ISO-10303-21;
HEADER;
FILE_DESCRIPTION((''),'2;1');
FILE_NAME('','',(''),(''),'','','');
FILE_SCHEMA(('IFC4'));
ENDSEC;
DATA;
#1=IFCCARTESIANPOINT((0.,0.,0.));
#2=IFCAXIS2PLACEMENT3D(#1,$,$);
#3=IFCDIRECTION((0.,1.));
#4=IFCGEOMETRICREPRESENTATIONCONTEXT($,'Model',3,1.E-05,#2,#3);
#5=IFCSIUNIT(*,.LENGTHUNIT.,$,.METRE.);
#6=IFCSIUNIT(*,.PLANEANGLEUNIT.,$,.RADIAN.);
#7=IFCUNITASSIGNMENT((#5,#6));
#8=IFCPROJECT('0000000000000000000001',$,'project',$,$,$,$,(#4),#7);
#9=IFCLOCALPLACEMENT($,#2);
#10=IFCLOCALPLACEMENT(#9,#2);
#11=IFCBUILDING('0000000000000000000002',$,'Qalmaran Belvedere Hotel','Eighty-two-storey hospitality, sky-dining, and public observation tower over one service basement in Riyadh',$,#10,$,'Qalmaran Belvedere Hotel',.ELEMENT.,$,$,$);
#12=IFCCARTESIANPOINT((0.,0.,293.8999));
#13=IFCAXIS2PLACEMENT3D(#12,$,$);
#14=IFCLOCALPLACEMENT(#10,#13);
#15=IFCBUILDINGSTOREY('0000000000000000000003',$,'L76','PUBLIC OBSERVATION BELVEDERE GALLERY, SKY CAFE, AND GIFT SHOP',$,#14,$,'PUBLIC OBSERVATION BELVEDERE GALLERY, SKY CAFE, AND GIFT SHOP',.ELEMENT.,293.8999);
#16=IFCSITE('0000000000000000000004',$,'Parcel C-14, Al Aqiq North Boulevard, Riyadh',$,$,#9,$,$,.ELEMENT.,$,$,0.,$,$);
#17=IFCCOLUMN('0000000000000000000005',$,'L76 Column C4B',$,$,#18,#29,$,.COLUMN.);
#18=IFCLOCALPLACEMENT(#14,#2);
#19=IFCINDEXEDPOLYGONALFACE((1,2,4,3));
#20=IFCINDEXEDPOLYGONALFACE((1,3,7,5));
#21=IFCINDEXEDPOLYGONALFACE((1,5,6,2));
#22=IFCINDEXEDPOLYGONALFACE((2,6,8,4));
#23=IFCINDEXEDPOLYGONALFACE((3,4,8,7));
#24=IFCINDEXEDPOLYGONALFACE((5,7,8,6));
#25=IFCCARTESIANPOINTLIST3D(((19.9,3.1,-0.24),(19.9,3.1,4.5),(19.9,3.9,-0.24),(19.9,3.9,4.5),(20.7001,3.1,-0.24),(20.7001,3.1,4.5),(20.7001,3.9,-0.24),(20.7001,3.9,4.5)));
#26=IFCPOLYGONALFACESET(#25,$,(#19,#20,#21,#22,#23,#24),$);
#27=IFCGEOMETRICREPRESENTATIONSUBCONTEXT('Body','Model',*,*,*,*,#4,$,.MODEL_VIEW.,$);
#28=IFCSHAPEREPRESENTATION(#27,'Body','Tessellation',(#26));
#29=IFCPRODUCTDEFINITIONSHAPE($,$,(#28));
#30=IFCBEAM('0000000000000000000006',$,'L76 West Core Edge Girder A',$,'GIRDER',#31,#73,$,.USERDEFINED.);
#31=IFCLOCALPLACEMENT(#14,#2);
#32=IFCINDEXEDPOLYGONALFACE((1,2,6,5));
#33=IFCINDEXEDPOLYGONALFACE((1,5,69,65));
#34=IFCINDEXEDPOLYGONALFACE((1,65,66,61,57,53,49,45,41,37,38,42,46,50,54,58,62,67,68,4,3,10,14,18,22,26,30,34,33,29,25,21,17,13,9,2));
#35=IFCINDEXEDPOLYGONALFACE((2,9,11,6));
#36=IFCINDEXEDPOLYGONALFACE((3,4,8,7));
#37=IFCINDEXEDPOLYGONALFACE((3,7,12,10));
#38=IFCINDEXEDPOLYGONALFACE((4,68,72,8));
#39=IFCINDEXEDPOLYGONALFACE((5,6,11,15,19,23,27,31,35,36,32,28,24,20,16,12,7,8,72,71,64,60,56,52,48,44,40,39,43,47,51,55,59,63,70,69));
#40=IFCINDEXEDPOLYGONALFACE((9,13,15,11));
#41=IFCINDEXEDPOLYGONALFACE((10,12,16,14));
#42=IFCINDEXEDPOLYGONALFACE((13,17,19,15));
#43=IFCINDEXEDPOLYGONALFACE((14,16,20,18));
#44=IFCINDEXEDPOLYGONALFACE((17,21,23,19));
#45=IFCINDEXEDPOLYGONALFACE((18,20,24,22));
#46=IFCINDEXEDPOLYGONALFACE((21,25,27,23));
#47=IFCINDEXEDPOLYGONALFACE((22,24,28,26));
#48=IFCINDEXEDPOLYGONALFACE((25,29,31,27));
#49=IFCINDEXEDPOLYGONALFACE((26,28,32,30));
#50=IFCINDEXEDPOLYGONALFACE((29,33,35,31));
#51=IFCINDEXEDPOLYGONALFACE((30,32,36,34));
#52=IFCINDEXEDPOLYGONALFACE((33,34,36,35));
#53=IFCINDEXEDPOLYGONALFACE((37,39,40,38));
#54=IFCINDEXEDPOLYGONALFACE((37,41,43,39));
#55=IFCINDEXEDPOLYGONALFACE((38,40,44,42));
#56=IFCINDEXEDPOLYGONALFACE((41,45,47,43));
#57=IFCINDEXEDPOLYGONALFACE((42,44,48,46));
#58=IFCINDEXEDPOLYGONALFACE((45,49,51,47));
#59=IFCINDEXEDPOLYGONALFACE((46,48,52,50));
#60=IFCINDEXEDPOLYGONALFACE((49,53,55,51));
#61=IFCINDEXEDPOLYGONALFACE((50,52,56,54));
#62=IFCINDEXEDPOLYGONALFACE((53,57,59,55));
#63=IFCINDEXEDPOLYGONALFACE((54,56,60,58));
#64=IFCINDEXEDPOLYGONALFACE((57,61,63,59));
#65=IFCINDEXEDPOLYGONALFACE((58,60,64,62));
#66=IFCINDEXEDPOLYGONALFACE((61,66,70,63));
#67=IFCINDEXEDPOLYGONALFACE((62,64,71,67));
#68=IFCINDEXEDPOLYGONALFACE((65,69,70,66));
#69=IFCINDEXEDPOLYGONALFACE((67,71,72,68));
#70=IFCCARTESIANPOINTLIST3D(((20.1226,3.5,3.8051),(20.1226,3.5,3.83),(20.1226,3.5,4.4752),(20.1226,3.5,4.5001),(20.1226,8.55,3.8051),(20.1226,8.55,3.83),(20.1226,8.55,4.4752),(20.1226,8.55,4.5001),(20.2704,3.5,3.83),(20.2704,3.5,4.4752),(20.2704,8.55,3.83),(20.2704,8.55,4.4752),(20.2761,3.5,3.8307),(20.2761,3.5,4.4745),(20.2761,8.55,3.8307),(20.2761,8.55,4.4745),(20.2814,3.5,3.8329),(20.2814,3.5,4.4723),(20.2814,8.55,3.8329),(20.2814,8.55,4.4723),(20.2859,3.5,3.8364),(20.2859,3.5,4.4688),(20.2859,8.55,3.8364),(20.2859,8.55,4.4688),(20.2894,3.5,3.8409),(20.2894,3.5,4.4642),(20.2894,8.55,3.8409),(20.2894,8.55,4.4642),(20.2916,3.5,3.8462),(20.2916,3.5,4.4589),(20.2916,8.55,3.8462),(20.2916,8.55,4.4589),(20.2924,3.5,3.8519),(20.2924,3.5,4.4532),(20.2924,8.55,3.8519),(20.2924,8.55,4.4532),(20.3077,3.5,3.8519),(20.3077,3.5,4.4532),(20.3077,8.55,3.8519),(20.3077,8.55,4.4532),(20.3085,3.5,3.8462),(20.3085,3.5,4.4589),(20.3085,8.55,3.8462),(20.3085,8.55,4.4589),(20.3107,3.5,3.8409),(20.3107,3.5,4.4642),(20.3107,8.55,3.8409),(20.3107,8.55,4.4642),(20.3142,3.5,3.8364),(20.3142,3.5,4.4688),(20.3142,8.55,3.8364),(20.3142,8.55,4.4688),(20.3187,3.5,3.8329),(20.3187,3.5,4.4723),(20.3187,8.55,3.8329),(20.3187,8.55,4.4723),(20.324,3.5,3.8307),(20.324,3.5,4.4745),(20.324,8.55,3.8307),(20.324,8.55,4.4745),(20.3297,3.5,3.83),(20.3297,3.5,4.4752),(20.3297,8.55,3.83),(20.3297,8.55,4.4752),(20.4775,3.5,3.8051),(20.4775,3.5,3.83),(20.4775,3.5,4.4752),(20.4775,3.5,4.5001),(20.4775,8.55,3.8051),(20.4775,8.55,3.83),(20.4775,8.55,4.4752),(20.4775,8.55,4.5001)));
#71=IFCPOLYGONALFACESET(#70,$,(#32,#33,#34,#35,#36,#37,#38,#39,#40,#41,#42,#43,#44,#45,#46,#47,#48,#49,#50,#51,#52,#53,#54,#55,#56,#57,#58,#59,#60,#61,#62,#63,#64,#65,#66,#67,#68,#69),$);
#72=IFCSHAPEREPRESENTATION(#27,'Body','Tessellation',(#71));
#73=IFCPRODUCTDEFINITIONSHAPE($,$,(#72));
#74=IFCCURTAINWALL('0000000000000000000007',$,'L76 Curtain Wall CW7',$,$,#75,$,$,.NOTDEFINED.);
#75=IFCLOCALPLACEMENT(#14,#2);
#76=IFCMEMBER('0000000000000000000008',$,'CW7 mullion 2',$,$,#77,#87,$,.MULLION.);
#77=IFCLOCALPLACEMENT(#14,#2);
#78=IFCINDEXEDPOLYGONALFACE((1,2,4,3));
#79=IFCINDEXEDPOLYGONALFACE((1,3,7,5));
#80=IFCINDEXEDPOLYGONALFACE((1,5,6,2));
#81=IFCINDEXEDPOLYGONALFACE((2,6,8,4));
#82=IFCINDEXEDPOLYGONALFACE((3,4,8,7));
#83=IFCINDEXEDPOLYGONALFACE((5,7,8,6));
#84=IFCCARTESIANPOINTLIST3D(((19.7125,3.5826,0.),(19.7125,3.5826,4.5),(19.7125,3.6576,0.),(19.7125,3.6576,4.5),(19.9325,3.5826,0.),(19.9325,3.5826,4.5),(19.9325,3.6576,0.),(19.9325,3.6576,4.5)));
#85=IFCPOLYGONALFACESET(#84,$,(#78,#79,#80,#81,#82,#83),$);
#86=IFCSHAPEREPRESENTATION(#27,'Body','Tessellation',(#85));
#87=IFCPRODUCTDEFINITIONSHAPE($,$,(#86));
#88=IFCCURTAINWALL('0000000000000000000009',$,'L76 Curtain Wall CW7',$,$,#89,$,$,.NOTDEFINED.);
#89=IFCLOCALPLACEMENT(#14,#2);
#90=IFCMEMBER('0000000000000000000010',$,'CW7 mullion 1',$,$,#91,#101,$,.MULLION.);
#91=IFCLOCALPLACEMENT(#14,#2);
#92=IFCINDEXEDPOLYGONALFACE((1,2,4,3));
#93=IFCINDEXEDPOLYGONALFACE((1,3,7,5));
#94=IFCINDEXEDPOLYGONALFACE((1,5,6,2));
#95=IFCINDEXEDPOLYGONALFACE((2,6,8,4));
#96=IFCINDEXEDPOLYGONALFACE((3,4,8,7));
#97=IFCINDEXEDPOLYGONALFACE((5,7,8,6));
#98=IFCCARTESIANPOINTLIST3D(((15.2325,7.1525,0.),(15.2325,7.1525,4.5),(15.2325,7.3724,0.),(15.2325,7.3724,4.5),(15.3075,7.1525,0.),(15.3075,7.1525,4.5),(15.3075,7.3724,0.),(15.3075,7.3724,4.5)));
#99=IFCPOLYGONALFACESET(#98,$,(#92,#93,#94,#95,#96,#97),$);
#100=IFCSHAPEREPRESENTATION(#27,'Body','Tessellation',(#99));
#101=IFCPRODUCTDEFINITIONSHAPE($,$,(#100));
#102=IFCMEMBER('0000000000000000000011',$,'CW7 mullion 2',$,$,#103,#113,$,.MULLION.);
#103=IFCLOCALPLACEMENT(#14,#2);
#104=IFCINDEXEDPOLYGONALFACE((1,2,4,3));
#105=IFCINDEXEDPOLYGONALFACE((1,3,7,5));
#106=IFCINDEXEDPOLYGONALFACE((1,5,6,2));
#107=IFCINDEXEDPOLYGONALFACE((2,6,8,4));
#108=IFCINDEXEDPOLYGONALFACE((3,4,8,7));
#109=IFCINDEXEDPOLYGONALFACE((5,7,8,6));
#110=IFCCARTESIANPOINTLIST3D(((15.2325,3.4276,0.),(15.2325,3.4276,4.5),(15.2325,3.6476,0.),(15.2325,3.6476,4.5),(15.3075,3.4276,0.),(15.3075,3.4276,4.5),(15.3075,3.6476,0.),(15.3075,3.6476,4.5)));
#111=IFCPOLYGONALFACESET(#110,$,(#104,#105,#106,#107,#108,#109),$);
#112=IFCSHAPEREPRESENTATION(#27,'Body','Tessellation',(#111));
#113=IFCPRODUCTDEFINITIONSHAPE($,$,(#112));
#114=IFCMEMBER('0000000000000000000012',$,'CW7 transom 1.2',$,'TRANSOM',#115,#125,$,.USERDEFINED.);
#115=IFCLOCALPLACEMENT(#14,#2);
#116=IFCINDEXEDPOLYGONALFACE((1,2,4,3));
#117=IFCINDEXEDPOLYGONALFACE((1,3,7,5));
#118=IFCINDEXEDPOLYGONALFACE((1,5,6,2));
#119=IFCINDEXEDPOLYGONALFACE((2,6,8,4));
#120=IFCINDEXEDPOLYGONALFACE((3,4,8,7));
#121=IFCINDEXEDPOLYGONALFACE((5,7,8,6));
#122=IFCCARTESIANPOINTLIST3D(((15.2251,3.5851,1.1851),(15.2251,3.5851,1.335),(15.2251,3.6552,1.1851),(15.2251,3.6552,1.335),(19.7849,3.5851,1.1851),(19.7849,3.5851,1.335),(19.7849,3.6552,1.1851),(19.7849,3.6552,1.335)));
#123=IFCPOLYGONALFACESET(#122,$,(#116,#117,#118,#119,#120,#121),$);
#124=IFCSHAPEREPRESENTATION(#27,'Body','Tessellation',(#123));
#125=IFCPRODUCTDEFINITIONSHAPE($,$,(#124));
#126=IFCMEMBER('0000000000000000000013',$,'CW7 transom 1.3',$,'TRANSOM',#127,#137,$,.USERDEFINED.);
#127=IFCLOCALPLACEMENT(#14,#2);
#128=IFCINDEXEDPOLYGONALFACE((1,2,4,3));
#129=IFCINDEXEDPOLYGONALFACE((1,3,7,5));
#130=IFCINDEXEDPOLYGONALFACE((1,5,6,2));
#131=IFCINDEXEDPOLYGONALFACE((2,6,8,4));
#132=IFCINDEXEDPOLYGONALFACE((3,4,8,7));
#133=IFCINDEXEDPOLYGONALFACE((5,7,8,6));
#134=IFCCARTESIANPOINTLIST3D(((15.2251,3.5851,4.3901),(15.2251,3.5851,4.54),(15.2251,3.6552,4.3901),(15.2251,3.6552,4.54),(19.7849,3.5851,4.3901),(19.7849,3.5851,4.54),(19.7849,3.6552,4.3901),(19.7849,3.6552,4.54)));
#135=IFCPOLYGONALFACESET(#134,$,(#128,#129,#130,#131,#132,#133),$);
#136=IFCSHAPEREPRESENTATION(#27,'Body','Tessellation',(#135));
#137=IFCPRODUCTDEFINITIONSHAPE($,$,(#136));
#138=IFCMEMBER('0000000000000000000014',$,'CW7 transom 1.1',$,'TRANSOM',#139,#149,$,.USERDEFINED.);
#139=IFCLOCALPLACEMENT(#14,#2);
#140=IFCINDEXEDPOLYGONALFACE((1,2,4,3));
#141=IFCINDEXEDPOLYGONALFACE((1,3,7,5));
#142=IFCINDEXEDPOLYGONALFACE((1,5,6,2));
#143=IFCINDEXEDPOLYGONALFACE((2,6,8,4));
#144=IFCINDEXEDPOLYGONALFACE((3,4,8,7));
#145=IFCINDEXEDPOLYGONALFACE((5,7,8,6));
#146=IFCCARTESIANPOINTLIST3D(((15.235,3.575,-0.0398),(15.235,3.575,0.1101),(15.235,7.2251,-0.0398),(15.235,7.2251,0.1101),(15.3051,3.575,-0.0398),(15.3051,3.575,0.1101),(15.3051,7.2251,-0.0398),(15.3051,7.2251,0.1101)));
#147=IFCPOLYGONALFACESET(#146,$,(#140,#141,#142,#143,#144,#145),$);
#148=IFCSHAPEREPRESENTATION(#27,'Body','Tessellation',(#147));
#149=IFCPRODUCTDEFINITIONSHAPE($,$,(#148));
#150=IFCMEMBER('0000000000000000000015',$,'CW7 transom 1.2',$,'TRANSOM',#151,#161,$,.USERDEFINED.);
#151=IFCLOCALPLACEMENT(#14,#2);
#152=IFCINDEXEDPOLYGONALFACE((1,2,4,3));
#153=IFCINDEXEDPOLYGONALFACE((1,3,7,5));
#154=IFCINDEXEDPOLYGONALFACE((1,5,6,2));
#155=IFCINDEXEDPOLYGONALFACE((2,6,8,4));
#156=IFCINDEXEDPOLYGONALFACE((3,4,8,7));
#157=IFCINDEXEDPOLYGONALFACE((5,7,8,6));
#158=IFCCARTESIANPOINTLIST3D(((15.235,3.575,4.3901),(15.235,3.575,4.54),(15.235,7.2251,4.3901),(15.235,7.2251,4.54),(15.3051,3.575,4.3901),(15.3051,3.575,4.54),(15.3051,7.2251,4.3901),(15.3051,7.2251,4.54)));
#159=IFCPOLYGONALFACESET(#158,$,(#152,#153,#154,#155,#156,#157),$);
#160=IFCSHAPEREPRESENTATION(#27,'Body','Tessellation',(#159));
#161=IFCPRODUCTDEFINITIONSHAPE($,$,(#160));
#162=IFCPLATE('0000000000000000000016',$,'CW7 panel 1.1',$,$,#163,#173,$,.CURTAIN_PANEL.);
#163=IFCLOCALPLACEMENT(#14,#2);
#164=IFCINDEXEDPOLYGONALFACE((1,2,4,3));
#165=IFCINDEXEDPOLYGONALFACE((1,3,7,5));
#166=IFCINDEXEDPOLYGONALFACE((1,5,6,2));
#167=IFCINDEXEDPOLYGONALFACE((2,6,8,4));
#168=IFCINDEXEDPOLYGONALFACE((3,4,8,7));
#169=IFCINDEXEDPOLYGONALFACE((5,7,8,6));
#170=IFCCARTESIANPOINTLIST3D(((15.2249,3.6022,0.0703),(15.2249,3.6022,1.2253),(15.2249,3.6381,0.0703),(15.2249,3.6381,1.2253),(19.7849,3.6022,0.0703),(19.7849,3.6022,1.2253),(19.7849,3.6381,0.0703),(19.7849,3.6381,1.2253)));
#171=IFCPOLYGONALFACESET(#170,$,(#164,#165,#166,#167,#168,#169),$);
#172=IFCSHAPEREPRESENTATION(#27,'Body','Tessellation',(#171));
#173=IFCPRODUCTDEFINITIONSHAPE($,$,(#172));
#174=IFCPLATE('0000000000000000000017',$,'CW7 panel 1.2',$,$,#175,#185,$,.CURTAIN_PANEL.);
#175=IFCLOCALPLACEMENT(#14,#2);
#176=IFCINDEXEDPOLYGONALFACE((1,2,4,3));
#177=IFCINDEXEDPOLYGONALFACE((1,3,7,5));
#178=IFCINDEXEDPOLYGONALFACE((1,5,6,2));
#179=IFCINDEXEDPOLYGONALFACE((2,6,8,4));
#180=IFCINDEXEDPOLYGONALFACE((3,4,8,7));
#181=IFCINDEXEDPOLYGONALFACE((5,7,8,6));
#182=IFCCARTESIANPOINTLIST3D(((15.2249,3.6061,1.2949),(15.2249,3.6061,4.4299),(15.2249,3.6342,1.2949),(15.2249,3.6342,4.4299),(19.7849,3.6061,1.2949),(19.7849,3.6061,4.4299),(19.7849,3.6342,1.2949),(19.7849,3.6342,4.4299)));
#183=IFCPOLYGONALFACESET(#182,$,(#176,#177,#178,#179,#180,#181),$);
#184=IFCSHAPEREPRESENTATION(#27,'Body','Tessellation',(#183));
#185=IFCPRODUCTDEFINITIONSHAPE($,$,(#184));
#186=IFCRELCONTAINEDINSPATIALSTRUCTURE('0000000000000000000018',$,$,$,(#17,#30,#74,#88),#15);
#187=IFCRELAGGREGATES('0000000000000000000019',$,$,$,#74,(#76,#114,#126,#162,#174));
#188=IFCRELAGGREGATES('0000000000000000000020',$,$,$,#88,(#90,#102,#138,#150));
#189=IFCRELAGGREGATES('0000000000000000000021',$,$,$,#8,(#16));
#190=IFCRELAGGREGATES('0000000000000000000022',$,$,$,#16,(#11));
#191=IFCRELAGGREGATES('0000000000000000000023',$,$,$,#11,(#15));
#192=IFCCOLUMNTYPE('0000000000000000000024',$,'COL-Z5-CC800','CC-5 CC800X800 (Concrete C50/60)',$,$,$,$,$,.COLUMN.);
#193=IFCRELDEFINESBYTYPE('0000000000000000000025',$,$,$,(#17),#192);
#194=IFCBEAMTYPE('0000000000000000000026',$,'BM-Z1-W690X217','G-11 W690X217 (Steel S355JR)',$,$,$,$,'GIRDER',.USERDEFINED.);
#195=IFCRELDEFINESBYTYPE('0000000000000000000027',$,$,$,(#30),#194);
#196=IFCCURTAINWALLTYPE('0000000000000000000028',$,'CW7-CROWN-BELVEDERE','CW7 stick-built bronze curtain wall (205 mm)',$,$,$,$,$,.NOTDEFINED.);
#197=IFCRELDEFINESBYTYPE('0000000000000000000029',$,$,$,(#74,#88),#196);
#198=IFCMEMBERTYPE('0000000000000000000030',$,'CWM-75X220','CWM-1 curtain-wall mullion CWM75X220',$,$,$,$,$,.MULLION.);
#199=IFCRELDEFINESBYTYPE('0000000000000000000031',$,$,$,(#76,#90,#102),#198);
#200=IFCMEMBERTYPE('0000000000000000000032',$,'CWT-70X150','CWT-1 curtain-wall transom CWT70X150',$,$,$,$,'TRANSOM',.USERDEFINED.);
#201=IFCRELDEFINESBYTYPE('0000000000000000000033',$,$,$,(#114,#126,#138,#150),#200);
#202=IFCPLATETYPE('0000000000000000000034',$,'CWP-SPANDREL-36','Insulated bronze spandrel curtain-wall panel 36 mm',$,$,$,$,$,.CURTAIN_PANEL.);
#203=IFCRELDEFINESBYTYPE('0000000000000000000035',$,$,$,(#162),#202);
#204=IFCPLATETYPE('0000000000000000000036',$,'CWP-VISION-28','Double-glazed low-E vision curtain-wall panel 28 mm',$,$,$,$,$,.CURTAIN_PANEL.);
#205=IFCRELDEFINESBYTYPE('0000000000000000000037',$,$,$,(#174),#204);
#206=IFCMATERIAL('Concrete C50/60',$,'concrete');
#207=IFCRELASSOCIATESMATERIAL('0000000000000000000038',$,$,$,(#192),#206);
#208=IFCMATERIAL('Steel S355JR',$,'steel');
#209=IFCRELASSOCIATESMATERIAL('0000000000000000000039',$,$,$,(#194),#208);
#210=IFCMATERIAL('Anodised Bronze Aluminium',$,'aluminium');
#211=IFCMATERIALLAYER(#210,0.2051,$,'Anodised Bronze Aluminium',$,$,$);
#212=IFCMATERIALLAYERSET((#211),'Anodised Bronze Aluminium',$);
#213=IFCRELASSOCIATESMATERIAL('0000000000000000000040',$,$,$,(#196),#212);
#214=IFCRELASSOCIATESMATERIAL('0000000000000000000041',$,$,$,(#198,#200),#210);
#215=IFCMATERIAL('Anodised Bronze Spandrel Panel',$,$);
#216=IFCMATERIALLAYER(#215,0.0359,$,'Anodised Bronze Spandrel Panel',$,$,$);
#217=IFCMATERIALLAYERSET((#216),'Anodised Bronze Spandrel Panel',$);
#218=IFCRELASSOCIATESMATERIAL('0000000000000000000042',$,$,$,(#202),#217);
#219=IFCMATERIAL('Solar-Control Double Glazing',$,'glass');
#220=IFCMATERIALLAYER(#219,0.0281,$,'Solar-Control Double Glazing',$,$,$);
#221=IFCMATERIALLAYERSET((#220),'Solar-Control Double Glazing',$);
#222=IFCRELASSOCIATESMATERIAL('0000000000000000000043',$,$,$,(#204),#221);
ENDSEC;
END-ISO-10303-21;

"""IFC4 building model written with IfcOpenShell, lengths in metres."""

from ifc_helpers import new_model, si_unit, direction, frame, origin, origin_2d, place, context, subcontext, project, spatial, rectangle, i_section, extrude, material, layer, layer_set, material_profile, profile_set, type_object, element, aggregate, save


model = new_model("IFC4")

# Units and contexts
model_context = context("Model", 3, precision=1e-05, world=origin(), true_north=direction((0.0, 1.0)))
body_context = subcontext(model_context, "Body", "Model", "MODEL_VIEW")
ifc_project = project(units=[si_unit("LENGTHUNIT", "METRE"), si_unit("PLANEANGLEUNIT", "RADIAN")], contexts=[model_context])

# Site, building, storey
site_placement = place(None, origin())
site = spatial("IfcSite", under=ifc_project, at=site_placement, Name="Parcel C-14, Al Aqiq North Boulevard, Riyadh", CompositionType="ELEMENT", RefElevation=0.0)
building_placement = place(site_placement, origin())
building = spatial("IfcBuilding", under=site, at=building_placement, Name="Qalmaran Belvedere Hotel", Description="Eighty-two-storey hospitality, sky-dining, and public observation tower over one service basement in Riyadh", LongName="Qalmaran Belvedere Hotel", CompositionType="ELEMENT")
storey_placement = place(building_placement, frame((0.0, 0.0, 293.8999)))
storey = spatial("IfcBuildingStorey", under=building, at=storey_placement, Name="L76", Description="PUBLIC OBSERVATION BELVEDERE GALLERY, SKY CAFE, AND GIFT SHOP", LongName="PUBLIC OBSERVATION BELVEDERE GALLERY, SKY CAFE, AND GIFT SHOP", CompositionType="ELEMENT", Elevation=293.8999)

# Column
ifc_material_1 = material(Name="Concrete C50/60", Category="concrete")
ifc_material_profile_1 = material_profile(ifc_material_1, rectangle(XDim=0.8, YDim=0.8, at=origin_2d()), Name="CC800X800")
ifc_profile_set_1 = profile_set([ifc_material_profile_1], Name="Concrete C50/60")
column_type = type_object("IfcColumnType", Name="COL-Z5-CC800", Description="CC-5 CC800X800 (Concrete C50/60)", PredefinedType="COLUMN", material=ifc_profile_set_1)
column_placement = place(storey_placement, frame((20.3, 3.5, -0.24), z_axis=(0.0, 0.0, 1.0), x_axis=(1.0, 0.0, 0.0)))
element("IfcColumn", 1, at=column_placement, inside=storey, type_object=column_type, Name="L76 Column C4B", PredefinedType="COLUMN", context=body_context, shape_type="SweptSolid", body=[
    extrude(rectangle(XDim=0.8, YDim=0.8, at=origin_2d()), origin(), (0.0, 0.0, 1.0), 4.74),
])

# Beam
ifc_material_2 = material(Name="Steel S355JR", Category="steel")
ifc_material_profile_2 = material_profile(ifc_material_2, i_section(OverallWidth=0.355, OverallDepth=0.6951, WebThickness=0.0154, FlangeThickness=0.0249, FilletRadius=0.022, at=origin_2d()), Name="W690X217")
ifc_profile_set_2 = profile_set([ifc_material_profile_2], Name="Steel S355JR")
beam_type = type_object("IfcBeamType", Name="BM-Z1-W690X217", Description="G-11 W690X217 (Steel S355JR)", ElementType="GIRDER", PredefinedType="USERDEFINED", material=ifc_profile_set_2)
beam_placement = place(storey_placement, frame((20.3, 3.5, 4.1526), z_axis=(0.0, 1.0, 0.0), x_axis=(-1.0, 0.0, 0.0)))
element("IfcBeam", 2, at=beam_placement, inside=storey, type_object=beam_type, Name="L76 West Core Edge Girder A", ObjectType="GIRDER", PredefinedType="USERDEFINED", context=body_context, shape_type="SweptSolid", body=[
    extrude(i_section(OverallWidth=0.355, OverallDepth=0.6951, WebThickness=0.0154, FlangeThickness=0.0249, FilletRadius=0.022, at=origin_2d()), origin(), (0.0, 0.0, 1.0), 5.05),
])

# Curtain wall, member
ifc_material_3 = material(Name="Anodised Bronze Aluminium", Category="aluminium")
ifc_layer_1 = layer(ifc_material_3, 0.2051, Name="Anodised Bronze Aluminium")
ifc_layer_set_1 = layer_set([ifc_layer_1], Name="Anodised Bronze Aluminium")
curtain_wall_type = type_object("IfcCurtainWallType", Name="CW7-CROWN-BELVEDERE", Description="CW7 stick-built bronze curtain wall (205 mm)", PredefinedType="NOTDEFINED", material=ifc_layer_set_1)
curtain_wall_1_placement = place(storey_placement, origin())
curtain_wall_1 = element("IfcCurtainWall", 3, at=curtain_wall_1_placement, inside=storey, type_object=curtain_wall_type, Name="L76 Curtain Wall CW7", PredefinedType="NOTDEFINED")
ifc_material_profile_3 = material_profile(ifc_material_3, rectangle(XDim=0.075, YDim=0.22, at=origin_2d()), Name="CWM75X220")
ifc_profile_set_3 = profile_set([ifc_material_profile_3], Name="Anodised Bronze Aluminium")
member_type_1 = type_object("IfcMemberType", Name="CWM-75X220", Description="CWM-1 curtain-wall mullion CWM75X220", PredefinedType="MULLION", material=ifc_profile_set_3)
member_1_placement = place(storey_placement, frame((19.8225, 3.6201, 0.0), z_axis=(0.0, 0.0, 1.0), x_axis=(0.0, 1.0, 0.0)))
member_1 = element("IfcMember", 4, at=member_1_placement, type_object=member_type_1, Name="CW7 mullion 2", PredefinedType="MULLION", context=body_context, shape_type="SweptSolid", body=[
    extrude(rectangle(XDim=0.075, YDim=0.22, at=origin_2d()), origin(), (0.0, 0.0, 1.0), 4.5),
])

# Curtain wall, members
curtain_wall_2_placement = place(storey_placement, origin())
curtain_wall_2 = element("IfcCurtainWall", 5, at=curtain_wall_2_placement, inside=storey, type_object=curtain_wall_type, Name="L76 Curtain Wall CW7", PredefinedType="NOTDEFINED")
member_2_placement = place(storey_placement, frame((15.27, 7.2625, 0.0), z_axis=(0.0, 0.0, 1.0), x_axis=(1.0, 0.0, 0.0)))
member_2 = element("IfcMember", 6, at=member_2_placement, type_object=member_type_1, Name="CW7 mullion 1", PredefinedType="MULLION", context=body_context, shape_type="SweptSolid", body=[
    extrude(rectangle(XDim=0.075, YDim=0.22, at=origin_2d()), origin(), (0.0, 0.0, 1.0), 4.5),
])
member_3_placement = place(storey_placement, frame((15.27, 3.5376, 0.0), z_axis=(0.0, 0.0, 1.0), x_axis=(1.0, 0.0, 0.0)))
member_3 = element("IfcMember", 7, at=member_3_placement, type_object=member_type_1, Name="CW7 mullion 2", PredefinedType="MULLION", context=body_context, shape_type="SweptSolid", body=[
    extrude(rectangle(XDim=0.075, YDim=0.22, at=origin_2d()), origin(), (0.0, 0.0, 1.0), 4.5),
])

# Members
ifc_material_profile_4 = material_profile(ifc_material_3, rectangle(XDim=0.0701, YDim=0.1499, at=origin_2d()), Name="CWT70X150")
ifc_profile_set_4 = profile_set([ifc_material_profile_4], Name="Anodised Bronze Aluminium")
member_type_2 = type_object("IfcMemberType", Name="CWT-70X150", Description="CWT-1 curtain-wall transom CWT70X150", ElementType="TRANSOM", PredefinedType="USERDEFINED", material=ifc_profile_set_4)
member_4_placement = place(storey_placement, frame((15.2251, 3.6201, 1.26), z_axis=(1.0, 0.0, 0.0), x_axis=(0.0, 1.0, 0.0)))
member_4 = element("IfcMember", 8, at=member_4_placement, type_object=member_type_2, Name="CW7 transom 1.2", ObjectType="TRANSOM", PredefinedType="USERDEFINED", context=body_context, shape_type="SweptSolid", body=[
    extrude(rectangle(XDim=0.0701, YDim=0.1499, at=origin_2d()), origin(), (0.0, 0.0, 1.0), 4.5598),
])
member_5_placement = place(storey_placement, frame((15.2251, 3.6201, 4.4651), z_axis=(1.0, 0.0, 0.0), x_axis=(0.0, 1.0, 0.0)))
member_5 = element("IfcMember", 9, at=member_5_placement, type_object=member_type_2, Name="CW7 transom 1.3", ObjectType="TRANSOM", PredefinedType="USERDEFINED", context=body_context, shape_type="SweptSolid", body=[
    extrude(rectangle(XDim=0.0701, YDim=0.1499, at=origin_2d()), origin(), (0.0, 0.0, 1.0), 4.5598),
])
member_6_placement = place(storey_placement, frame((15.27, 7.2251, 0.0352), z_axis=(0.0, -1.0, 0.0), x_axis=(1.0, 0.0, 0.0)))
member_6 = element("IfcMember", 10, at=member_6_placement, type_object=member_type_2, Name="CW7 transom 1.1", ObjectType="TRANSOM", PredefinedType="USERDEFINED", context=body_context, shape_type="SweptSolid", body=[
    extrude(rectangle(XDim=0.0701, YDim=0.1499, at=origin_2d()), origin(), (0.0, 0.0, 1.0), 3.6501),
])
member_7_placement = place(storey_placement, frame((15.27, 7.2251, 4.4651), z_axis=(0.0, -1.0, 0.0), x_axis=(1.0, 0.0, 0.0)))
member_7 = element("IfcMember", 11, at=member_7_placement, type_object=member_type_2, Name="CW7 transom 1.2", ObjectType="TRANSOM", PredefinedType="USERDEFINED", context=body_context, shape_type="SweptSolid", body=[
    extrude(rectangle(XDim=0.0701, YDim=0.1499, at=origin_2d()), origin(), (0.0, 0.0, 1.0), 3.6501),
])

# Plates
ifc_material_4 = material(Name="Anodised Bronze Spandrel Panel")
ifc_layer_2 = layer(ifc_material_4, 0.0359, Name="Anodised Bronze Spandrel Panel")
ifc_layer_set_2 = layer_set([ifc_layer_2], Name="Anodised Bronze Spandrel Panel")
plate_type_1 = type_object("IfcPlateType", Name="CWP-SPANDREL-36", Description="Insulated bronze spandrel curtain-wall panel 36 mm", PredefinedType="CURTAIN_PANEL", material=ifc_layer_set_2)
plate_1_placement = place(storey_placement, frame((17.5049, 3.6201, 0.0703), z_axis=(0.0, 0.0, 1.0), x_axis=(1.0, 0.0, 0.0)))
plate_1 = element("IfcPlate", 12, at=plate_1_placement, type_object=plate_type_1, Name="CW7 panel 1.1", PredefinedType="CURTAIN_PANEL", context=body_context, shape_type="SweptSolid", body=[
    extrude(rectangle(XDim=4.5601, YDim=0.0359, at=origin_2d()), origin(), (0.0, 0.0, 1.0), 1.155),
])
ifc_material_5 = material(Name="Solar-Control Double Glazing", Category="glass")
ifc_layer_3 = layer(ifc_material_5, 0.0281, Name="Solar-Control Double Glazing")
ifc_layer_set_3 = layer_set([ifc_layer_3], Name="Solar-Control Double Glazing")
plate_type_2 = type_object("IfcPlateType", Name="CWP-VISION-28", Description="Double-glazed low-E vision curtain-wall panel 28 mm", PredefinedType="CURTAIN_PANEL", material=ifc_layer_set_3)
plate_2_placement = place(storey_placement, frame((17.5049, 3.6201, 1.2949), z_axis=(0.0, 0.0, 1.0), x_axis=(1.0, 0.0, 0.0)))
plate_2 = element("IfcPlate", 13, at=plate_2_placement, type_object=plate_type_2, Name="CW7 panel 1.2", PredefinedType="CURTAIN_PANEL", context=body_context, shape_type="SweptSolid", body=[
    extrude(rectangle(XDim=4.5601, YDim=0.0281, at=origin_2d()), origin(), (0.0, 0.0, 1.0), 3.135),
])
aggregate(curtain_wall_1, [member_1, member_4, member_5, plate_1, plate_2])
aggregate(curtain_wall_2, [member_2, member_3, member_6, member_7])

save(model, "model.ifc")
